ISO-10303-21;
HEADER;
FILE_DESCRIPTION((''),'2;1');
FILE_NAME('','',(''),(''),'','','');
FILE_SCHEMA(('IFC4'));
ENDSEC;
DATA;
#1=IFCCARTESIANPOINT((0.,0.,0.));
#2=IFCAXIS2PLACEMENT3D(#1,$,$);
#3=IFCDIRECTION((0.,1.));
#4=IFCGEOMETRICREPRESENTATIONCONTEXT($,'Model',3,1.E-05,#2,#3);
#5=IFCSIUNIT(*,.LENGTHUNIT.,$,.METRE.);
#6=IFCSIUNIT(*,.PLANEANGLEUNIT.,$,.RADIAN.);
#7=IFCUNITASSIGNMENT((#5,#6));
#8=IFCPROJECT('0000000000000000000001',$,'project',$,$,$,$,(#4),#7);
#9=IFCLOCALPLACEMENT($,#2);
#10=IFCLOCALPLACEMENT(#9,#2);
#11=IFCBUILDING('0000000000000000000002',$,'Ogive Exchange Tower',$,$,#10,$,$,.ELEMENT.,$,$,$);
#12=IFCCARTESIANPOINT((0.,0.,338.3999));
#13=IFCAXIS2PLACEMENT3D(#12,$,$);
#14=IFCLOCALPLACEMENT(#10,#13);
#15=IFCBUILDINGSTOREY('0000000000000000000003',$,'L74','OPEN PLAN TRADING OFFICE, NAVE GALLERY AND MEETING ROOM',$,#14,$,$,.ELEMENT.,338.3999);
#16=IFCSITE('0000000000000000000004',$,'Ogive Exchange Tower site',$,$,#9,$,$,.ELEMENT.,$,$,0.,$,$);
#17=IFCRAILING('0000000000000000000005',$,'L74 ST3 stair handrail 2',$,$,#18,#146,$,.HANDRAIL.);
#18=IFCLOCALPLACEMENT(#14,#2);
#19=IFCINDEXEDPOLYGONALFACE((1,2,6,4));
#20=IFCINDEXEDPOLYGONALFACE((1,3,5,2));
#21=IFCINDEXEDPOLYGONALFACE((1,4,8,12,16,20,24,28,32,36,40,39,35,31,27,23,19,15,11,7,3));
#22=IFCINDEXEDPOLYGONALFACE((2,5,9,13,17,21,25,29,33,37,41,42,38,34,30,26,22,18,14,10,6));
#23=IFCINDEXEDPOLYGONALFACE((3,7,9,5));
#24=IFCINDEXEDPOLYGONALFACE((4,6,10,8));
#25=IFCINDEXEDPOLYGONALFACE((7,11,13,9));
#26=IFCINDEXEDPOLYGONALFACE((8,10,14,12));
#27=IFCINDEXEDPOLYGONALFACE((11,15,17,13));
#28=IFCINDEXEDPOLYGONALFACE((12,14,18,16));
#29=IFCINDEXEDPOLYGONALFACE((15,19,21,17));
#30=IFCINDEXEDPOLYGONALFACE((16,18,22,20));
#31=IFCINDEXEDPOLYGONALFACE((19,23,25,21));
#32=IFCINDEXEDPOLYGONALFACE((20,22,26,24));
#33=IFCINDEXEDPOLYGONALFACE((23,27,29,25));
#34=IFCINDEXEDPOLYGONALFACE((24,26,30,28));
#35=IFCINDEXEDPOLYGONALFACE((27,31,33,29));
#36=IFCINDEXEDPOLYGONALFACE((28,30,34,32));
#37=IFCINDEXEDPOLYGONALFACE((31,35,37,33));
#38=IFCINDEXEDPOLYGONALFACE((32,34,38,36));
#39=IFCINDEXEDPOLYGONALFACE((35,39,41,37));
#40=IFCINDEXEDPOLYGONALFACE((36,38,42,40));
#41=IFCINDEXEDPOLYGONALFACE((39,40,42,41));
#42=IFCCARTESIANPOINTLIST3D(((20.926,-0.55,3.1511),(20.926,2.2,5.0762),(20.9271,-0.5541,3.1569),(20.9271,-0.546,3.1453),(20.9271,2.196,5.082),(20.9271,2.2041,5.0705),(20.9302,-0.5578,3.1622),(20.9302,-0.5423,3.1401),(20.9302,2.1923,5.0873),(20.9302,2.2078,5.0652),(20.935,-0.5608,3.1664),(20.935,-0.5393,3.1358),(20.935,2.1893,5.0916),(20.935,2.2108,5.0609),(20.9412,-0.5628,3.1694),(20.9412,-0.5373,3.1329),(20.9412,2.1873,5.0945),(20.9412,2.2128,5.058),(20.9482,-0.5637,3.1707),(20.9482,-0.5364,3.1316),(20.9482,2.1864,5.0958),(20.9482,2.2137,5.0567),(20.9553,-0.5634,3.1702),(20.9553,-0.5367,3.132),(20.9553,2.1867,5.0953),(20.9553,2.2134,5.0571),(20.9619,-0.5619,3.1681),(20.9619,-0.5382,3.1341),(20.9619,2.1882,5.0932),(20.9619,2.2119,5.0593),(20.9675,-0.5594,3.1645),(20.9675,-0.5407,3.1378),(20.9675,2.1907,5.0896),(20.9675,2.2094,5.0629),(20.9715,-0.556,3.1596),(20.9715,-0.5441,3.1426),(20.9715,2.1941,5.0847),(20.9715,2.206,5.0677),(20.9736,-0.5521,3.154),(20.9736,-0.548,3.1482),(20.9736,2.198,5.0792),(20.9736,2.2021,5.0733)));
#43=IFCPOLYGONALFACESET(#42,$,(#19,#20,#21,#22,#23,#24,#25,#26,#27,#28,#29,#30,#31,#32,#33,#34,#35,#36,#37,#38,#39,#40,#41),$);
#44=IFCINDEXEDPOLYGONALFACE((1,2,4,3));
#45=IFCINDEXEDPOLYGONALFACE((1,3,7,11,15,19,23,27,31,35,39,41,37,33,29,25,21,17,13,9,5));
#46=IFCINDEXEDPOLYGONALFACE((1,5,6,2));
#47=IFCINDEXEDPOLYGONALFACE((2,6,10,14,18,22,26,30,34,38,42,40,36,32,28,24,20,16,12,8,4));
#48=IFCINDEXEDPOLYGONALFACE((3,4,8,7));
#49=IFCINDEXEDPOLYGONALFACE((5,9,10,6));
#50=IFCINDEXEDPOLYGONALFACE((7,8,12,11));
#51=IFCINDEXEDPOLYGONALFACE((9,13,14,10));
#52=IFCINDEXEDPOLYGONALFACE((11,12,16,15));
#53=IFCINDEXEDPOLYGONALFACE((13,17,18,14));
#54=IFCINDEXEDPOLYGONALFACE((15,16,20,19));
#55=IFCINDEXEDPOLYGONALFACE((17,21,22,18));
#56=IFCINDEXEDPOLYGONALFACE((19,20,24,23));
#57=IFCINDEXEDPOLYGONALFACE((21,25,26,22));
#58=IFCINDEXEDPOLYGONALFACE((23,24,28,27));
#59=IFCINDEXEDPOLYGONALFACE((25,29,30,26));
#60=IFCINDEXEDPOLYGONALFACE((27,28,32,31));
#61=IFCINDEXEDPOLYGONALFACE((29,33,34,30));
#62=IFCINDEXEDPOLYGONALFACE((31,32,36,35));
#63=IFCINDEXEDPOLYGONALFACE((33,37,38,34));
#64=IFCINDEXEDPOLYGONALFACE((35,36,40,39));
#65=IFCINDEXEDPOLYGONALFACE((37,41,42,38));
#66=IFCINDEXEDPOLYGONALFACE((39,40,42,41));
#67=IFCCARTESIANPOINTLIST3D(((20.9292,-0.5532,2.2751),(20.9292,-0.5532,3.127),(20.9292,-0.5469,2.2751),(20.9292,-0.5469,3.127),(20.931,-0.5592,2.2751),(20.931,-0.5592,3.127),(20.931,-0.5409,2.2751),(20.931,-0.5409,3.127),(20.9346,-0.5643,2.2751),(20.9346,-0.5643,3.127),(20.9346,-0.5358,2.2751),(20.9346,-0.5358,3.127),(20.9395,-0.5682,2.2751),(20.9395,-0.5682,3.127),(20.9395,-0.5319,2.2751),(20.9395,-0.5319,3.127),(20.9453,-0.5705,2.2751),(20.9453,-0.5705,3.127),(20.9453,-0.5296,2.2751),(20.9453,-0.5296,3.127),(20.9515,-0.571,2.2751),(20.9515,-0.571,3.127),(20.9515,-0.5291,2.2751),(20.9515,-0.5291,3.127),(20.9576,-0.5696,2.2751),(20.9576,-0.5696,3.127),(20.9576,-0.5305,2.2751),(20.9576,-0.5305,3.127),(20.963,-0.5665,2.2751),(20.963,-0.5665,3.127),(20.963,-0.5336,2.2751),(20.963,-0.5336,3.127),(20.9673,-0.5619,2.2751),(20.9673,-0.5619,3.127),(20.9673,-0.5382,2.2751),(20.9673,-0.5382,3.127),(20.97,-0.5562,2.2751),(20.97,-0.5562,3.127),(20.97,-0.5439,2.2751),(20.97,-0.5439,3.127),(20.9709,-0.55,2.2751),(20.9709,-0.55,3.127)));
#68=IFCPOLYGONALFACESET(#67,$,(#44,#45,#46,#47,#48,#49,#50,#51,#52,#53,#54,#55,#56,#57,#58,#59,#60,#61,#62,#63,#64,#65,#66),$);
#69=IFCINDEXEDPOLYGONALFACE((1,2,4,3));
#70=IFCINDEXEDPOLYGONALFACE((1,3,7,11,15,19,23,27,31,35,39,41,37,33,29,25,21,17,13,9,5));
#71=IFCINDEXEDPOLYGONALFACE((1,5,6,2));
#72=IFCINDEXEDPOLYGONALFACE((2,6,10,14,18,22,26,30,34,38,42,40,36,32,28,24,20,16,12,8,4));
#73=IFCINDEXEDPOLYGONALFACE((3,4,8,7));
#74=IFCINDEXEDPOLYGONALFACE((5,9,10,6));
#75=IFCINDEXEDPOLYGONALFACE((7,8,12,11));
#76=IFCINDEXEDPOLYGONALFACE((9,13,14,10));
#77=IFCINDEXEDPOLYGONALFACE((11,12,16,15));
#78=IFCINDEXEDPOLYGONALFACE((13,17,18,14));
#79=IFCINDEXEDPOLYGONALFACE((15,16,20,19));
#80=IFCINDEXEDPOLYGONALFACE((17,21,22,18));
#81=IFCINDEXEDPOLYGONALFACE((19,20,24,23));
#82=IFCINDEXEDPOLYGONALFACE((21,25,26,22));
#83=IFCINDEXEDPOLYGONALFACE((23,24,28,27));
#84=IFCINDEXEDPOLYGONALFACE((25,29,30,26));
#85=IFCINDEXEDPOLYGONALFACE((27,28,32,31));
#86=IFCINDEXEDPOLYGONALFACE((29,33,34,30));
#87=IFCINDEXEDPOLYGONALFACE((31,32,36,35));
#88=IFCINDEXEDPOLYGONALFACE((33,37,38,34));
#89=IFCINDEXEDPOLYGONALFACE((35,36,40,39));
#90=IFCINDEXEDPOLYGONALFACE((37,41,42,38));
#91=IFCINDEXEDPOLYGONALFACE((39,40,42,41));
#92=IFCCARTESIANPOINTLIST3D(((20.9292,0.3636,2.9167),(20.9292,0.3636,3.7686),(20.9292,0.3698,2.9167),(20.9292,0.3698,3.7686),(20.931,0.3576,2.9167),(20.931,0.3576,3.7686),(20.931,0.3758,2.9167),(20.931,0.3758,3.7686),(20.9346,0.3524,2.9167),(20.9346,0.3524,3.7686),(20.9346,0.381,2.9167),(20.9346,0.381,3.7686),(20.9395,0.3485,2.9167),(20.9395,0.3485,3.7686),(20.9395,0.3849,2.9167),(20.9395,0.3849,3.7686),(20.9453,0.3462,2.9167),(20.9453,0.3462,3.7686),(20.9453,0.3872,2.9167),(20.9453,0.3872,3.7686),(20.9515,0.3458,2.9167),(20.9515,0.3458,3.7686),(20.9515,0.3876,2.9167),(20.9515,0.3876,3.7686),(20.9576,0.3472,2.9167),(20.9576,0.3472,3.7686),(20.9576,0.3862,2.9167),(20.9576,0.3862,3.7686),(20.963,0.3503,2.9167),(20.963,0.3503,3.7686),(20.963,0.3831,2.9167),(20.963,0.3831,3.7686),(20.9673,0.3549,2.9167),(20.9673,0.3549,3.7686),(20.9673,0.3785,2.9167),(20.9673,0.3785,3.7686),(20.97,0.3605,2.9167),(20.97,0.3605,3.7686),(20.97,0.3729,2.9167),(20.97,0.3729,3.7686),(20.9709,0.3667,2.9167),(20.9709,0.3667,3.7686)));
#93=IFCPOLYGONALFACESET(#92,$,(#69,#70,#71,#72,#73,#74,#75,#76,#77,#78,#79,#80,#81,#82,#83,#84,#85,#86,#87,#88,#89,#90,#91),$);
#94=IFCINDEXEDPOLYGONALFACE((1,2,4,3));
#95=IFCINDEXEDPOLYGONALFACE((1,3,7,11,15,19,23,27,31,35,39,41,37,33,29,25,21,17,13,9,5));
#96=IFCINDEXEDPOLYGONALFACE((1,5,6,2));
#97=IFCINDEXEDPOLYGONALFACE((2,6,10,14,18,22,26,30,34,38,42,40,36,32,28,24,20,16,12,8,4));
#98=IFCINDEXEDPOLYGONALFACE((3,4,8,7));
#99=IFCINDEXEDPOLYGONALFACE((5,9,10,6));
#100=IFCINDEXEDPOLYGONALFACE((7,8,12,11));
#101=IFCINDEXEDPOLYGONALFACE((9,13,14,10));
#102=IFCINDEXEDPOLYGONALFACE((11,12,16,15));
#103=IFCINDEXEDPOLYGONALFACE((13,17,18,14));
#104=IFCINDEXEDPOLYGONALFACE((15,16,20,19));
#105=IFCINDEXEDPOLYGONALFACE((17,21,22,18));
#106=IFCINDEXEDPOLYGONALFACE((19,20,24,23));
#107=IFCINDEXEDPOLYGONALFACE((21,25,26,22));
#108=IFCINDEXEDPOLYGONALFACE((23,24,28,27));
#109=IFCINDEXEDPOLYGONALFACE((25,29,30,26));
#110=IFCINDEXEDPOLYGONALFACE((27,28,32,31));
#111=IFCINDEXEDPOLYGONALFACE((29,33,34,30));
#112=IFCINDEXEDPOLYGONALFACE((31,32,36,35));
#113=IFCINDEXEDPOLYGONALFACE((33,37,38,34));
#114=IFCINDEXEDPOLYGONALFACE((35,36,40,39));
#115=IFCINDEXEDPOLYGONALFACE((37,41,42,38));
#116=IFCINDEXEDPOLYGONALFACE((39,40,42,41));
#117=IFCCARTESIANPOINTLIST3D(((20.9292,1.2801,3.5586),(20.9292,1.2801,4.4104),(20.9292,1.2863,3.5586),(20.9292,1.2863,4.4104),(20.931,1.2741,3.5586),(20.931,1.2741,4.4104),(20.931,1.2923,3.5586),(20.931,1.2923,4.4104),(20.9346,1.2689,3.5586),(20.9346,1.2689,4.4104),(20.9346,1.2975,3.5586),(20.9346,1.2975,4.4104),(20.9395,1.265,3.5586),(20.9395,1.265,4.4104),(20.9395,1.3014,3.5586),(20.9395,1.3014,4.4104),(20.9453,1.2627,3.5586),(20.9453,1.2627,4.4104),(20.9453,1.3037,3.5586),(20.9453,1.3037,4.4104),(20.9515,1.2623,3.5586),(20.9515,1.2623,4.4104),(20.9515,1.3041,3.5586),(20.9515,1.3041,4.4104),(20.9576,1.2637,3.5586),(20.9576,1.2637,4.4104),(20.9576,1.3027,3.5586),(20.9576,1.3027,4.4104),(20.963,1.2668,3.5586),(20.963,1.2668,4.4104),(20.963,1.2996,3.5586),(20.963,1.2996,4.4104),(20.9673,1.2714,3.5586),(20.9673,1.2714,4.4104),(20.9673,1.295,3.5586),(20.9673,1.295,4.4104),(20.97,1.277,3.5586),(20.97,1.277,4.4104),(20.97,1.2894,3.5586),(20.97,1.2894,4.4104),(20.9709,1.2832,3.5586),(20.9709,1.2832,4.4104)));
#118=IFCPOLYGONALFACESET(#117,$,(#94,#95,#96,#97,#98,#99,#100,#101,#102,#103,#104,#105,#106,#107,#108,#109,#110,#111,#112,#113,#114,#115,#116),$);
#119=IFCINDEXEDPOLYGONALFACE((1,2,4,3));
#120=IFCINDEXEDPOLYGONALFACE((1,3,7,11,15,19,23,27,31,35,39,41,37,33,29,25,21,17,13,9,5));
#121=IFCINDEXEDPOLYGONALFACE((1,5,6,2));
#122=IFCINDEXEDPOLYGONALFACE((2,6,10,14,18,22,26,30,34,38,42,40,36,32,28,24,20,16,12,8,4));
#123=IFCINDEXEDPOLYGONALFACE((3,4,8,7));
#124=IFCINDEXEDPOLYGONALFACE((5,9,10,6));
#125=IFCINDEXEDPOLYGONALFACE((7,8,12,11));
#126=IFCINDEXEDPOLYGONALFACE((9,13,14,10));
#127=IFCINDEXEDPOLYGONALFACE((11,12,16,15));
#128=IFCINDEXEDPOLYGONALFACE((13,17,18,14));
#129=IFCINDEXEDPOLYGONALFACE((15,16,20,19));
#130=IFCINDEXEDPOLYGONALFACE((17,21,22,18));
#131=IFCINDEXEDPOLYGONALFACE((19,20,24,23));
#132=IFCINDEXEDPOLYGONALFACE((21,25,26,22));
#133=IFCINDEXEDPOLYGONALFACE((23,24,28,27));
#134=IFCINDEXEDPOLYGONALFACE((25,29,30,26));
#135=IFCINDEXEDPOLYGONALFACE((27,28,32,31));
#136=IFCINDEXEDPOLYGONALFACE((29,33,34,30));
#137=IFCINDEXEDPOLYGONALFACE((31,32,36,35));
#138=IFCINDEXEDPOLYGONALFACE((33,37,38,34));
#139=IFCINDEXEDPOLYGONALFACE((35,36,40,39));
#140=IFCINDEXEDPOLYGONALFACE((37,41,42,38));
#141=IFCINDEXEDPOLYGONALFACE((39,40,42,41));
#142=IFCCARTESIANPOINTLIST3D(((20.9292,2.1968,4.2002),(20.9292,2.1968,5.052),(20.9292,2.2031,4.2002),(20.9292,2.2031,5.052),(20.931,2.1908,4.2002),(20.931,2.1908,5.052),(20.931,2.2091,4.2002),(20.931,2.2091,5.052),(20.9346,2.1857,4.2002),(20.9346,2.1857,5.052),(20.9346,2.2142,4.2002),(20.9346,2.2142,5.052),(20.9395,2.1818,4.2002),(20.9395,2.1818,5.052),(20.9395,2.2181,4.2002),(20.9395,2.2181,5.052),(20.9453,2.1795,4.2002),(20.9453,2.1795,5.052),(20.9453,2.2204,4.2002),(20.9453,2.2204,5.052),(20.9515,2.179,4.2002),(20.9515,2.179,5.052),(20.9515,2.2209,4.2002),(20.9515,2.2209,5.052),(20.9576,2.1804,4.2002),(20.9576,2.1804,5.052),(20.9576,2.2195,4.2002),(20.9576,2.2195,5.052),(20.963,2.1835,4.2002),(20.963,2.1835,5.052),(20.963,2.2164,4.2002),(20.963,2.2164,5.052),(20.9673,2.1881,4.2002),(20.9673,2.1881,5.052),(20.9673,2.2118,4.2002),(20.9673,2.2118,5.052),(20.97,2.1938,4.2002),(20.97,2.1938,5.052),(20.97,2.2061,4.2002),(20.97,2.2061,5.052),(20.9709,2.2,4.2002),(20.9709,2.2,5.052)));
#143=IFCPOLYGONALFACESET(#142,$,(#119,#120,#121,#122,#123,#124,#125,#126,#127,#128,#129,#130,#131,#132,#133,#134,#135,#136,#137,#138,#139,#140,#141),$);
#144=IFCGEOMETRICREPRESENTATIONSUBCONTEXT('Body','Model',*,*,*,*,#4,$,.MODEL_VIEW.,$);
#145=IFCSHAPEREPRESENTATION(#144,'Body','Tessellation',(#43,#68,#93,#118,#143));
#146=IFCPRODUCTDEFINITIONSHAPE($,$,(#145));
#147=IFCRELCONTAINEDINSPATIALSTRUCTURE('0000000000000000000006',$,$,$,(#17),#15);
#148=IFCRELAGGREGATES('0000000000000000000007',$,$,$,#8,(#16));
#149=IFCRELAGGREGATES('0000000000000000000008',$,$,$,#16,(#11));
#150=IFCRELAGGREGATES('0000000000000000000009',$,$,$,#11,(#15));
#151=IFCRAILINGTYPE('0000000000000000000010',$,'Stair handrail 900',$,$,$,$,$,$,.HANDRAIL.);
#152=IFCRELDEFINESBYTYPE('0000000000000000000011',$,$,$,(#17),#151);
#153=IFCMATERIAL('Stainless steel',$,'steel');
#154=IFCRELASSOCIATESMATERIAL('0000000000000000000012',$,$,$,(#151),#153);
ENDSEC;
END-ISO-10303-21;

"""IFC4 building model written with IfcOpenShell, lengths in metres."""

from ifc_helpers import new_model, si_unit, direction, frame, origin, origin_2d, place, context, subcontext, project, spatial, circle, extrude, material, type_object, element, save


model = new_model("IFC4")

# Units and contexts
model_context = context("Model", 3, precision=1e-05, world=origin(), true_north=direction((0.0, 1.0)))
body_context = subcontext(model_context, "Body", "Model", "MODEL_VIEW")
ifc_project = project(units=[si_unit("LENGTHUNIT", "METRE"), si_unit("PLANEANGLEUNIT", "RADIAN")], contexts=[model_context])

# Site, building, storey
site_placement = place(None, origin())
site = spatial("IfcSite", under=ifc_project, at=site_placement, Name="Ogive Exchange Tower site", CompositionType="ELEMENT", RefElevation=0.0)
building_placement = place(site_placement, origin())
building = spatial("IfcBuilding", under=site, at=building_placement, Name="Ogive Exchange Tower", CompositionType="ELEMENT")
storey_placement = place(building_placement, frame((0.0, 0.0, 338.3999)))
storey = spatial("IfcBuildingStorey", under=building, at=storey_placement, Name="L74", Description="OPEN PLAN TRADING OFFICE, NAVE GALLERY AND MEETING ROOM", CompositionType="ELEMENT", Elevation=338.3999)

# Shared definitions
ifc_material_1 = material(Name="Stainless steel", Category="steel")

# Railing
railing_type = type_object("IfcRailingType", Name="Stair handrail 900", PredefinedType="HANDRAIL", material=ifc_material_1)
railing_1_placement = place(storey_placement, frame((20.95, -0.55, 2.2751)))
element("IfcRailing", 1, at=railing_1_placement, inside=storey, type_object=railing_type, Name="L74 ST3 stair handrail 2", PredefinedType="HANDRAIL", context=body_context, shape_type="SweptSolid", body=[
    extrude(circle(Radius=0.0239, at=origin_2d()), frame((0.0, 0.0, 0.876), z_axis=(0.0, 0.819225, 0.573472), x_axis=(-1.0, 0.0, 0.0)), (0.0, 0.0, 1.0), 3.3569),
    extrude(circle(Radius=0.021, at=origin_2d()), origin(), (0.0, 0.0, 1.0), 0.8518),
    extrude(circle(Radius=0.021, at=origin_2d()), frame((0.0, 0.9167, 0.6416)), (0.0, 0.0, 1.0), 0.8518),
    extrude(circle(Radius=0.021, at=origin_2d()), frame((0.0, 1.8333, 1.2834)), (0.0, 0.0, 1.0), 0.8518),
    extrude(circle(Radius=0.021, at=origin_2d()), frame((0.0, 2.75, 1.925)), (0.0, 0.0, 1.0), 0.8518),
])

save(model, "model.ifc")
